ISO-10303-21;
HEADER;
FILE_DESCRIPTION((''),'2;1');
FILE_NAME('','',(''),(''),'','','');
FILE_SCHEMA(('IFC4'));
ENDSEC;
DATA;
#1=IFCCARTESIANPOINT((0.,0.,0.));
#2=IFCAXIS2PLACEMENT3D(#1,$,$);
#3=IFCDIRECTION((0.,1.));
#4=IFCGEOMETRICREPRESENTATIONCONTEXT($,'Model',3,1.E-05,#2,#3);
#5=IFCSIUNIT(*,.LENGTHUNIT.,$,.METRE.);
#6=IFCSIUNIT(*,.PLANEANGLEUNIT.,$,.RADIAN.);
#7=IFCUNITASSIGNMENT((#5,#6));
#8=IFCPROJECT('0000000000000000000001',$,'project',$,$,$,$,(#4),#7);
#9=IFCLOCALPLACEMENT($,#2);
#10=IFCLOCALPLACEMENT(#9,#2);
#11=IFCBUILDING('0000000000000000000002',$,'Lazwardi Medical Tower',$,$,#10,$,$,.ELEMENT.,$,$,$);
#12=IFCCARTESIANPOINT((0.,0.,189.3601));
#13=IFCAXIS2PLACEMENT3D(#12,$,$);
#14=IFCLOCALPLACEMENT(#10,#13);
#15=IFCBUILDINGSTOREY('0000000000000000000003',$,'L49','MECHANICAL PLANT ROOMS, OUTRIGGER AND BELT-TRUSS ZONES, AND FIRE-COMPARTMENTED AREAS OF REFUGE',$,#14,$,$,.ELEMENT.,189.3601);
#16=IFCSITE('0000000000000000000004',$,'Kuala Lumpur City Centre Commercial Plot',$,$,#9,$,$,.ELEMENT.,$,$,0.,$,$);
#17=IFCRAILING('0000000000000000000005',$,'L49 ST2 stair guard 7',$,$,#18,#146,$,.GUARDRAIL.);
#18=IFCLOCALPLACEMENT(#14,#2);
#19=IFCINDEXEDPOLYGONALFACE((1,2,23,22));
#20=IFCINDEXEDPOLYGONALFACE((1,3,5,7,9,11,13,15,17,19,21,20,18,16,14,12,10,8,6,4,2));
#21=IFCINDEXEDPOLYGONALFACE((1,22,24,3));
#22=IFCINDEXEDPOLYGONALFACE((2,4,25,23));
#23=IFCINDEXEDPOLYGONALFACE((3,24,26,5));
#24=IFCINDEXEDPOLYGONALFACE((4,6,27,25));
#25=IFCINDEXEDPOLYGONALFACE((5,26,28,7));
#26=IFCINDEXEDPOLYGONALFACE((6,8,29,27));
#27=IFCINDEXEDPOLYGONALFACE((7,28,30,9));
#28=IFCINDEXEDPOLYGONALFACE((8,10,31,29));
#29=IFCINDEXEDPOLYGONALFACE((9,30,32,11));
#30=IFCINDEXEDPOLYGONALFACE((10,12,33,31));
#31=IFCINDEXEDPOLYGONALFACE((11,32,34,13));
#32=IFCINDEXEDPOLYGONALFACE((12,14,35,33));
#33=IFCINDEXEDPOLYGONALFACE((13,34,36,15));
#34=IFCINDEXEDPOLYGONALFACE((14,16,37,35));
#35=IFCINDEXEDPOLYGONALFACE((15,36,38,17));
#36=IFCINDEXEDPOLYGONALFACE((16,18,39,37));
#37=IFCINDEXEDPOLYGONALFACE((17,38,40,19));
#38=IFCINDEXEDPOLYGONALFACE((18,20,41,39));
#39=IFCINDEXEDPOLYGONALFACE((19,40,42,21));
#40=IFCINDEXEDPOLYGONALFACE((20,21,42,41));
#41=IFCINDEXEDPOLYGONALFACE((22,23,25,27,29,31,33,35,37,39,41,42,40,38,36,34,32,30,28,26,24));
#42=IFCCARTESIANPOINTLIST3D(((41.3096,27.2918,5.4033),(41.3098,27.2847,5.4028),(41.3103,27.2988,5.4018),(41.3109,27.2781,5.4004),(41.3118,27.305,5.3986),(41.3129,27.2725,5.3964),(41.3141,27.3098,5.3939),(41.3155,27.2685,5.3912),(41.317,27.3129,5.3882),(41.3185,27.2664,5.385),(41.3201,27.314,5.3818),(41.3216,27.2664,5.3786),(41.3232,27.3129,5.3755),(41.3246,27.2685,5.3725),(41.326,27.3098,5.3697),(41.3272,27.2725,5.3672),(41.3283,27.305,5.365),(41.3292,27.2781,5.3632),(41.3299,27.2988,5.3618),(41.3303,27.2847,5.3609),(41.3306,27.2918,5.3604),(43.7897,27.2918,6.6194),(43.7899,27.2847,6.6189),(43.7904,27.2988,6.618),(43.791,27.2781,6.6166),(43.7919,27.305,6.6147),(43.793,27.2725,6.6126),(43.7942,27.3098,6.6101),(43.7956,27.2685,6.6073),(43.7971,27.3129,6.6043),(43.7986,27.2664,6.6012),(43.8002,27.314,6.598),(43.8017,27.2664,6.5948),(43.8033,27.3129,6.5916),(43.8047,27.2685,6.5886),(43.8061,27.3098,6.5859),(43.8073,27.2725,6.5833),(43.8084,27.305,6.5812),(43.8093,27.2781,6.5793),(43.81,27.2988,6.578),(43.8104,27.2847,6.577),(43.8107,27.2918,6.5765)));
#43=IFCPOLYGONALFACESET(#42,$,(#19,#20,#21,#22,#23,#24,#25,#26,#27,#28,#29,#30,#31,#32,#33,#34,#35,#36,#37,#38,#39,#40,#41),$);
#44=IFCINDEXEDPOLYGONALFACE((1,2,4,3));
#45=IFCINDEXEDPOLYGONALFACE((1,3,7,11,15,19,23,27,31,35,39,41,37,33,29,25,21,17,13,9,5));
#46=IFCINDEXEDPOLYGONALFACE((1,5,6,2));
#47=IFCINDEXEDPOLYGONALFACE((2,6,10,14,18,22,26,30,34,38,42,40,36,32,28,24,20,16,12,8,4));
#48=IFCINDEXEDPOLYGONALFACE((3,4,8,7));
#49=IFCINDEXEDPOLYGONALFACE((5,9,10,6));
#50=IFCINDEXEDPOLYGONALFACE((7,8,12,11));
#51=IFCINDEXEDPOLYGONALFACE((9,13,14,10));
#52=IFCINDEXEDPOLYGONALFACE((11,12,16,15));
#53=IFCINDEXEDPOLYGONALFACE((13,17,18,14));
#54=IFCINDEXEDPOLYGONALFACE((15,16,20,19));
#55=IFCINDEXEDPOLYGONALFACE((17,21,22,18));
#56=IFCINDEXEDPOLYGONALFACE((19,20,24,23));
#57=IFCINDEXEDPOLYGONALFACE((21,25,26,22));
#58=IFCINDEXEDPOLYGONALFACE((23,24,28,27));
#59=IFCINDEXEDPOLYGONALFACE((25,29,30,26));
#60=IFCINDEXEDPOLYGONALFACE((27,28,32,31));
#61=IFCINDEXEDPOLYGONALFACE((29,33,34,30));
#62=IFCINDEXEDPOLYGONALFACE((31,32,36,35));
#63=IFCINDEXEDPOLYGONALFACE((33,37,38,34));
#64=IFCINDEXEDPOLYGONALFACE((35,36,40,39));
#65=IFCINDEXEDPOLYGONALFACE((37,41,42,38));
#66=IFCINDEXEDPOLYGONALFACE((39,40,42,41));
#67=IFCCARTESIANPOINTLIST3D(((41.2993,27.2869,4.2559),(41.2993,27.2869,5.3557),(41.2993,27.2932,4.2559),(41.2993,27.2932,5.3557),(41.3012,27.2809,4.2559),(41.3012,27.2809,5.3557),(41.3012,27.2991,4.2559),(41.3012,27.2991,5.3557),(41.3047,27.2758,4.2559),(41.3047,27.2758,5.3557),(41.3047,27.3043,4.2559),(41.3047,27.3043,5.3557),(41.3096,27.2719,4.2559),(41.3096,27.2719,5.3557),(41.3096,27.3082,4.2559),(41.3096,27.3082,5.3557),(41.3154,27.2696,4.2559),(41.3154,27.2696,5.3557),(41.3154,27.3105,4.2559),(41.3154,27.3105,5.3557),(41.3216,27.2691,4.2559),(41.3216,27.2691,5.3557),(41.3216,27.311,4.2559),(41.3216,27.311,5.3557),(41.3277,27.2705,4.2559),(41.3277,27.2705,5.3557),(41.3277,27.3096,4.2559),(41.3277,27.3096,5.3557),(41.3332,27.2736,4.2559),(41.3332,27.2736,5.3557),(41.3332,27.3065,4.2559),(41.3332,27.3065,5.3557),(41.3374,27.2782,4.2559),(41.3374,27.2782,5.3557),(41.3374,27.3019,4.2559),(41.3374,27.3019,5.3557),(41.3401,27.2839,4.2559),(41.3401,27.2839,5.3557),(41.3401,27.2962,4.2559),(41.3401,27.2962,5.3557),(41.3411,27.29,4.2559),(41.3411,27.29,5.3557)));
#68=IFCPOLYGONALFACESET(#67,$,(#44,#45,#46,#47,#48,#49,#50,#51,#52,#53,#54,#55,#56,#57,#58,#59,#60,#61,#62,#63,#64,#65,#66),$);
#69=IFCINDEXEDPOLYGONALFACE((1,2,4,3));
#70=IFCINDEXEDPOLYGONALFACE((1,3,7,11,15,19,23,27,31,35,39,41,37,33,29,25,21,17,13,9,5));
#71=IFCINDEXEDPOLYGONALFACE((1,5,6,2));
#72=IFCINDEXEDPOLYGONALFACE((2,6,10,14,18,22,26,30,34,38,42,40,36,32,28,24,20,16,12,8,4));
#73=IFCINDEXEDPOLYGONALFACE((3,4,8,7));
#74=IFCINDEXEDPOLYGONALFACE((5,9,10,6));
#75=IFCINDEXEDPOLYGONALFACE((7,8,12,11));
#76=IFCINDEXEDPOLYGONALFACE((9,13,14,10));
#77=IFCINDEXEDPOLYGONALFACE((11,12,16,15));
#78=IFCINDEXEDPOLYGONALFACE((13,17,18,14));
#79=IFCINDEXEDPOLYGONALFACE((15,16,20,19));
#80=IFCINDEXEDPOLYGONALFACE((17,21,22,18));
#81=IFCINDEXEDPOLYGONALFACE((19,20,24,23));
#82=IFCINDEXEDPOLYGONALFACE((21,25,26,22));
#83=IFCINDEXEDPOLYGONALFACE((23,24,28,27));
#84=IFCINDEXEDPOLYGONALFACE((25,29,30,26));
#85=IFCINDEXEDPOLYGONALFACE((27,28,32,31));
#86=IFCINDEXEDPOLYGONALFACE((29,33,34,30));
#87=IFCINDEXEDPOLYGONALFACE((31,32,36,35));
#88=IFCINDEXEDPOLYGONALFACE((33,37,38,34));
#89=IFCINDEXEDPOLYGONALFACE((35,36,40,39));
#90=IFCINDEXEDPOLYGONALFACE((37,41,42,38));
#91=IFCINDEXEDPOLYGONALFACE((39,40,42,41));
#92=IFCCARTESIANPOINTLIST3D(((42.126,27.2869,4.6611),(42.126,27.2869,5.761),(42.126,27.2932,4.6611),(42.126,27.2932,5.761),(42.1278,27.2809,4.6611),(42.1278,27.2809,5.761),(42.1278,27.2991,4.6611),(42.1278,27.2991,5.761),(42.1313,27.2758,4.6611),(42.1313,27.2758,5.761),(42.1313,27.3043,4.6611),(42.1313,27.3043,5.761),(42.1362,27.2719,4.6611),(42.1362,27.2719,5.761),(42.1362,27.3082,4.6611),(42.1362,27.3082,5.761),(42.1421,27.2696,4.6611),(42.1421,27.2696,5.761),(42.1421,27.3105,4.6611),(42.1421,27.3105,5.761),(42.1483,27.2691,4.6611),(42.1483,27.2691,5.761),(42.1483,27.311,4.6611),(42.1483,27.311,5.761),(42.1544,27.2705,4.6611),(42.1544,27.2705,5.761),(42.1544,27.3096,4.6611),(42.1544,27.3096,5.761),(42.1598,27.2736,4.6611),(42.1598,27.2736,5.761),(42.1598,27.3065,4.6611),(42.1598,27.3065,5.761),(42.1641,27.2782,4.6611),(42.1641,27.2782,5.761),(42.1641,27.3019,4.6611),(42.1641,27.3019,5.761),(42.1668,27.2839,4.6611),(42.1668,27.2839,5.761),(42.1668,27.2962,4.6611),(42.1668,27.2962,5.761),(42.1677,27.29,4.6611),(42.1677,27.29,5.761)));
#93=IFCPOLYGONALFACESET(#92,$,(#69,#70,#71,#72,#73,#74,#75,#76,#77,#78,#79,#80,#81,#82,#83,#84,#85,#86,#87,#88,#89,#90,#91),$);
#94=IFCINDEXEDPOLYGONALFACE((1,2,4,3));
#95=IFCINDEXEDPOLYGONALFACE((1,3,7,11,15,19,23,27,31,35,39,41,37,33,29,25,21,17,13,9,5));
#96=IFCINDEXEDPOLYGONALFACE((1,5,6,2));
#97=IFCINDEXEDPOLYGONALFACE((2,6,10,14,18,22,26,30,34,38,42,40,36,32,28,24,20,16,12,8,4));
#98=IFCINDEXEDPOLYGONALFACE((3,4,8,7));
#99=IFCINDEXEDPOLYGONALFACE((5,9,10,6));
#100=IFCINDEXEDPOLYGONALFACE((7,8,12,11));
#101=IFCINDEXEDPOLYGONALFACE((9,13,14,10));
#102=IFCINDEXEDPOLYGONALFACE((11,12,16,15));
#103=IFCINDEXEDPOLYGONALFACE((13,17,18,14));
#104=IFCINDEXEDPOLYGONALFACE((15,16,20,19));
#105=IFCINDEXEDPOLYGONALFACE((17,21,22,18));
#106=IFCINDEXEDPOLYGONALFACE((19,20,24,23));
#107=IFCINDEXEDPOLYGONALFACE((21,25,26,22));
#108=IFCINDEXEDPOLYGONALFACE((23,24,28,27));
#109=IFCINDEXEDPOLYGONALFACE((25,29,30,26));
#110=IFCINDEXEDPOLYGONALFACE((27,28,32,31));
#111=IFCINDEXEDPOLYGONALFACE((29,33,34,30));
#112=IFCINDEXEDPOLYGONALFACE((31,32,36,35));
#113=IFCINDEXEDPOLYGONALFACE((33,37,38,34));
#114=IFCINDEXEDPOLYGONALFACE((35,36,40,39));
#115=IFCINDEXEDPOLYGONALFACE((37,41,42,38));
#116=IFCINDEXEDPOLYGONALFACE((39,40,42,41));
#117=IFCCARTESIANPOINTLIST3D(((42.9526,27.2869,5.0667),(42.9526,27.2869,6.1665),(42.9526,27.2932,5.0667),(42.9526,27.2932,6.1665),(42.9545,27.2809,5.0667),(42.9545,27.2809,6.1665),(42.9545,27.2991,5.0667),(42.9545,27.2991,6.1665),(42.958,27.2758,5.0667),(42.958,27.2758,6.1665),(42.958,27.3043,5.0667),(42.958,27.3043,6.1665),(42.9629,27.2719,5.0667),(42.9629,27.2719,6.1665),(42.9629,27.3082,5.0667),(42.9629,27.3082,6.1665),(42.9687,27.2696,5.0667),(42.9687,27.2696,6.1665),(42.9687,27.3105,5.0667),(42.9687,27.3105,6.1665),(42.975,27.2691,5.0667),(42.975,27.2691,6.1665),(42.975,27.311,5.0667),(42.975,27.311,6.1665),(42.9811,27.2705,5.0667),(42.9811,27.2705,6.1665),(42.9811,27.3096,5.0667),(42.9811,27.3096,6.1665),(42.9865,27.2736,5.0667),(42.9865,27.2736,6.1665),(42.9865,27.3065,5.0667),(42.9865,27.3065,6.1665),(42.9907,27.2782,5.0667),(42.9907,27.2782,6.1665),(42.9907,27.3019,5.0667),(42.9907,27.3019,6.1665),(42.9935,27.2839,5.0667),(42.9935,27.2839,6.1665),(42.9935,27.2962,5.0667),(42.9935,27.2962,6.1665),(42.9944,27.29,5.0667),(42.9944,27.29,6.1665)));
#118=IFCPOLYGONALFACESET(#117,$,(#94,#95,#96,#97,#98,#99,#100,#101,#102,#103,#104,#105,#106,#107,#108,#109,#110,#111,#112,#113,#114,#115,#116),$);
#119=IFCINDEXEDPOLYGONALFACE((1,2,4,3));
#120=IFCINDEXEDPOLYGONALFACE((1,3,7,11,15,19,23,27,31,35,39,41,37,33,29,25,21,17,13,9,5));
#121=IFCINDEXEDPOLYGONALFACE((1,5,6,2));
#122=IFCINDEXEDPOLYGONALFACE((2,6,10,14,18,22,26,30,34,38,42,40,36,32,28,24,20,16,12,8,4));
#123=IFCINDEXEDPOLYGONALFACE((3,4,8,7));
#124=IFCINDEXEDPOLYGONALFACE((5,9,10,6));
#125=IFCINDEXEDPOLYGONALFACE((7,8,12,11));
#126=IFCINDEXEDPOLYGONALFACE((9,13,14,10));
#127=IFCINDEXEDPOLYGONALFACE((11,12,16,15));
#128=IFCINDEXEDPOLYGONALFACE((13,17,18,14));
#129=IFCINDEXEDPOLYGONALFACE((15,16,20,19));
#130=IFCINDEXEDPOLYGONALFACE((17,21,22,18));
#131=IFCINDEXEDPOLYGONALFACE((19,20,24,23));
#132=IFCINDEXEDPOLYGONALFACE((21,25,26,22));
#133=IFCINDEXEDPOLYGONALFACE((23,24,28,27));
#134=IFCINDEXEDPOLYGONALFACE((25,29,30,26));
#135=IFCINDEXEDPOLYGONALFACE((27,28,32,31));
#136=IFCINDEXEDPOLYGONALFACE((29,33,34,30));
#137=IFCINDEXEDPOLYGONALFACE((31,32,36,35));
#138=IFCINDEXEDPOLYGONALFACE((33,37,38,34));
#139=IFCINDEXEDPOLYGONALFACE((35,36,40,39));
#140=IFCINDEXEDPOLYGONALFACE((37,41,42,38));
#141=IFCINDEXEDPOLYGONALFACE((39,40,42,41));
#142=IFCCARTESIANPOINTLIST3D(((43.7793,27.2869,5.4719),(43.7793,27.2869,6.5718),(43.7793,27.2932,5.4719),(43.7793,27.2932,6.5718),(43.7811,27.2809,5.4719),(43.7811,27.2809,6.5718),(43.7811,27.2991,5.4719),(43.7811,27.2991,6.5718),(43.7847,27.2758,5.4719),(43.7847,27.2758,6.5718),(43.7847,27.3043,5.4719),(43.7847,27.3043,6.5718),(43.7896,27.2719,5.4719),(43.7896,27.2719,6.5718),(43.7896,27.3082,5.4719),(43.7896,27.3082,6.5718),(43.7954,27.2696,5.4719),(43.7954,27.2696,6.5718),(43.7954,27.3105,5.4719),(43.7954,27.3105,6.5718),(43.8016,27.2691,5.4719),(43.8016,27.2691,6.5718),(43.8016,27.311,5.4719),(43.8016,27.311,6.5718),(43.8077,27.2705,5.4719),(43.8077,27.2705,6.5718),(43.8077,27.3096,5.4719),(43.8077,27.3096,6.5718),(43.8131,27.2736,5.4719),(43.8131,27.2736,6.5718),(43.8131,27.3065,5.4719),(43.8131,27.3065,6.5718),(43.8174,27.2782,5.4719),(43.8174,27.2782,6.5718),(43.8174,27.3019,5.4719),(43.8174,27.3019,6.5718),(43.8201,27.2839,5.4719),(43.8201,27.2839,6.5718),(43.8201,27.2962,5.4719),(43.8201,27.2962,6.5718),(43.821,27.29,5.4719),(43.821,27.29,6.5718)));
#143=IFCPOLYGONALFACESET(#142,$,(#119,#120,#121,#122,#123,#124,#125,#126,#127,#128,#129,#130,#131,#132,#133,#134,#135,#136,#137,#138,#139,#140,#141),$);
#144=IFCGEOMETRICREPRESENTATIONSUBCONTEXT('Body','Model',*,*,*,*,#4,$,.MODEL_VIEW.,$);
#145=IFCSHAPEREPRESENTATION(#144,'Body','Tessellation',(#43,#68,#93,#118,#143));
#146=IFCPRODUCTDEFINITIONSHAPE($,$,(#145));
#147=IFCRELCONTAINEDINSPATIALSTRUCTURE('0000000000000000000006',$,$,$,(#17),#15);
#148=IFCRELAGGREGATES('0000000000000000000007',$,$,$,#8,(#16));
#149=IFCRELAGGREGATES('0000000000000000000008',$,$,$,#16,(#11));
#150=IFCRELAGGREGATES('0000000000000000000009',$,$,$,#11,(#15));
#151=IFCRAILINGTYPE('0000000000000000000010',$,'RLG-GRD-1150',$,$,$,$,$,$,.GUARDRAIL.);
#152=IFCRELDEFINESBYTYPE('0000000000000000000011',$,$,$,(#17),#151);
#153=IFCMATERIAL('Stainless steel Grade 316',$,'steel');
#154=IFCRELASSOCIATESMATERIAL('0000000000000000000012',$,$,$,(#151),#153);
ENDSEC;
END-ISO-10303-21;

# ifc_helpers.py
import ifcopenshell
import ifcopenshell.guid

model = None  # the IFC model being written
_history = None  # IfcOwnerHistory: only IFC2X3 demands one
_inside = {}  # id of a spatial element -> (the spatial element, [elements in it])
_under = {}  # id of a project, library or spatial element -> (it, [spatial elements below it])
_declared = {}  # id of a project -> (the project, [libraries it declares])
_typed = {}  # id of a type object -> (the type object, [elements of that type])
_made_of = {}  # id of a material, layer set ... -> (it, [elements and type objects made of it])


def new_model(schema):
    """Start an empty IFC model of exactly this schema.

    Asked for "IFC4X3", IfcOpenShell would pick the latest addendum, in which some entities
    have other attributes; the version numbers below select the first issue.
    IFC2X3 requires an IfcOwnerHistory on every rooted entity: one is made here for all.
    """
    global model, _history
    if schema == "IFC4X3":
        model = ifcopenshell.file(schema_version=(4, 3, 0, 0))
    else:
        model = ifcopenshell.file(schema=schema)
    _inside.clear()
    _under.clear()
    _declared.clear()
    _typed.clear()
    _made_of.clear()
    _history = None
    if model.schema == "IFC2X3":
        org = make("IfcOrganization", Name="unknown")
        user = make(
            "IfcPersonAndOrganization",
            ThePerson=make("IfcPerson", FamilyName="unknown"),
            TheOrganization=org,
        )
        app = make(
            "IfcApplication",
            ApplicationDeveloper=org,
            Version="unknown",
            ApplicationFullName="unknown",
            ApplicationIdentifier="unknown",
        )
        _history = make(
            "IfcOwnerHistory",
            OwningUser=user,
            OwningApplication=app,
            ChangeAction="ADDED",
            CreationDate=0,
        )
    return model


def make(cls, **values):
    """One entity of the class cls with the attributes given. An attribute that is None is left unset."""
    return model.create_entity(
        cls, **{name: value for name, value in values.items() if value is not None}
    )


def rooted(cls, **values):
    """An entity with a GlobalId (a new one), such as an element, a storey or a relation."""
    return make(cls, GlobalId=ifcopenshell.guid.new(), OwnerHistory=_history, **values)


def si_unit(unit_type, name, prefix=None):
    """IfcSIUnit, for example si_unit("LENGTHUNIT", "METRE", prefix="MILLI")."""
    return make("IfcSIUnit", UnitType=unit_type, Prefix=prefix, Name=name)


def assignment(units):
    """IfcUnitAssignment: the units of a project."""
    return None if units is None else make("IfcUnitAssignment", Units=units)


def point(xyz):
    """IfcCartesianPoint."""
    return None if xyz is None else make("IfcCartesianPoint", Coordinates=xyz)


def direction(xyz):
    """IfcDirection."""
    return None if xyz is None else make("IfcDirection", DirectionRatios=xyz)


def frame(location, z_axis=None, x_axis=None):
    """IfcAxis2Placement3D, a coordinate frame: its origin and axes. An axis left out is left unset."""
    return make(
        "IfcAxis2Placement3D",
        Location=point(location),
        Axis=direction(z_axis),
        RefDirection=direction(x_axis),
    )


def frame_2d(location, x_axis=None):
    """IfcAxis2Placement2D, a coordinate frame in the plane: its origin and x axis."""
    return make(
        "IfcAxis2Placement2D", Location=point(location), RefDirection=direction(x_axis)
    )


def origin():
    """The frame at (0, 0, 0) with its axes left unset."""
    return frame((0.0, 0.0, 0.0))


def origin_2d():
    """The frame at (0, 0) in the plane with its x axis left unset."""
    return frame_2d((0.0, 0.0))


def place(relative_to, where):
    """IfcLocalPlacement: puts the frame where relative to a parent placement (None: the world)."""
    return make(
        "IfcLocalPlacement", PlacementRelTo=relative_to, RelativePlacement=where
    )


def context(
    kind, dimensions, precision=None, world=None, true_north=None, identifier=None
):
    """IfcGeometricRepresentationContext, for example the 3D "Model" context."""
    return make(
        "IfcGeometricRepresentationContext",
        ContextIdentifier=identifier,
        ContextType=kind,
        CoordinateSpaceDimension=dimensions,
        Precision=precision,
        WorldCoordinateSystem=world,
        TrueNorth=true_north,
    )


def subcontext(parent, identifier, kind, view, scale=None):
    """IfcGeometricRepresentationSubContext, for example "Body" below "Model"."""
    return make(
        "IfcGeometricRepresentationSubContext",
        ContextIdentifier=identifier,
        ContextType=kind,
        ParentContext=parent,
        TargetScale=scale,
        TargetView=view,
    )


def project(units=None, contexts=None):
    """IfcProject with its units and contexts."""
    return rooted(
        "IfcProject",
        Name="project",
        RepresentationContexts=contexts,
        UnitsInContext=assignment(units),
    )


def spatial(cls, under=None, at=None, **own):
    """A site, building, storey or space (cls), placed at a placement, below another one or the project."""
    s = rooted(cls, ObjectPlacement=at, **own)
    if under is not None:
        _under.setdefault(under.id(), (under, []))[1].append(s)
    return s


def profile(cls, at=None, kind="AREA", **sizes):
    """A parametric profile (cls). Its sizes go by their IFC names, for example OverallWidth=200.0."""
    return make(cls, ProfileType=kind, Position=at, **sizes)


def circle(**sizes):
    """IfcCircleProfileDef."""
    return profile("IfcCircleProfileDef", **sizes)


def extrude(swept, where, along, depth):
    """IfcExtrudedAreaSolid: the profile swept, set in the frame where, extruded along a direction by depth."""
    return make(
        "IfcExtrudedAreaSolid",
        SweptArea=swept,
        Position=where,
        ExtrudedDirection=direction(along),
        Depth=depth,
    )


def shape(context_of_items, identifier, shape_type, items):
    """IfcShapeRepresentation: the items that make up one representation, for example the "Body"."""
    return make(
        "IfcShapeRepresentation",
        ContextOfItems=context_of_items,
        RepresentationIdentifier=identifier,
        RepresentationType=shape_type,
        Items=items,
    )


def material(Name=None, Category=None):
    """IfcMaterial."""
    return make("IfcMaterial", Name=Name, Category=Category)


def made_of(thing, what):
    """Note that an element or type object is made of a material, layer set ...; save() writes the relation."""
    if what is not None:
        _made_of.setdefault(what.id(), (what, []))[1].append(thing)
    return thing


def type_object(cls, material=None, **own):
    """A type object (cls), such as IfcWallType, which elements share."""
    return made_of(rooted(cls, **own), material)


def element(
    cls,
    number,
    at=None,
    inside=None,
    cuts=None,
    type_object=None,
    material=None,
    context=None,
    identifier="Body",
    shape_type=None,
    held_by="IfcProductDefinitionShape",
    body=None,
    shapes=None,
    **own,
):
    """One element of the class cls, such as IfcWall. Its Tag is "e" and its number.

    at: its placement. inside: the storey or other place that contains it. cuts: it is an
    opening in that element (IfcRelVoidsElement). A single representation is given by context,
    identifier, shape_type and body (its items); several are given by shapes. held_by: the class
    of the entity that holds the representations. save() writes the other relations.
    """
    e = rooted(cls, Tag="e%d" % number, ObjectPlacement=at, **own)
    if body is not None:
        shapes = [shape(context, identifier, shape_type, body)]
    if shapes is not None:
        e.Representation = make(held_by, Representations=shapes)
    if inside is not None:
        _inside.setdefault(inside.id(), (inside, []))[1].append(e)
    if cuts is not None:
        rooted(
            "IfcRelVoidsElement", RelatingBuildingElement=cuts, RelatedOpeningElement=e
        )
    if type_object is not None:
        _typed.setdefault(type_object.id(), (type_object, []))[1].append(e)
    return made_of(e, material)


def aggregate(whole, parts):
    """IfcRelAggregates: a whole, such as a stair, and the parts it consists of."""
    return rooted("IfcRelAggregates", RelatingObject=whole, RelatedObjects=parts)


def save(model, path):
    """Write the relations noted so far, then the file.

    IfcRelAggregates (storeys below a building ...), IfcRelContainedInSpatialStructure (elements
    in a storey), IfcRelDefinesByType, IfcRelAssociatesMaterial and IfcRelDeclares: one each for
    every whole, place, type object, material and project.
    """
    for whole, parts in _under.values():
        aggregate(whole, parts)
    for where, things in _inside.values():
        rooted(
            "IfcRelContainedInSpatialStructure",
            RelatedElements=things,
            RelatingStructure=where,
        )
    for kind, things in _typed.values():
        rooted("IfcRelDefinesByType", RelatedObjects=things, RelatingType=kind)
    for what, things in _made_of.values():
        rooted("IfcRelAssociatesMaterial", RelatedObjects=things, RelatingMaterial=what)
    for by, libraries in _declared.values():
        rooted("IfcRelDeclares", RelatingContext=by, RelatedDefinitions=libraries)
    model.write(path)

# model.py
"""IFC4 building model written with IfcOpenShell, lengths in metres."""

from ifc_helpers import new_model, si_unit, direction, frame, origin, origin_2d, place, context, subcontext, project, spatial, circle, extrude, material, type_object, element, save


model = new_model("IFC4")

# Units and contexts
model_context = context("Model", 3, precision=1e-05, world=origin(), true_north=direction((0.0, 1.0)))
body_context = subcontext(model_context, "Body", "Model", "MODEL_VIEW")
ifc_project = project(units=[si_unit("LENGTHUNIT", "METRE"), si_unit("PLANEANGLEUNIT", "RADIAN")], contexts=[model_context])

# Site, building, storey
site_placement = place(None, origin())
site = spatial("IfcSite", under=ifc_project, at=site_placement, Name="Kuala Lumpur City Centre Commercial Plot", CompositionType="ELEMENT", RefElevation=0.0)
building_placement = place(site_placement, origin())
building = spatial("IfcBuilding", under=site, at=building_placement, Name="Lazwardi Medical Tower", CompositionType="ELEMENT")
storey_placement = place(building_placement, frame((0.0, 0.0, 189.3601)))
storey = spatial("IfcBuildingStorey", under=building, at=storey_placement, Name="L49", Description="MECHANICAL PLANT ROOMS, OUTRIGGER AND BELT-TRUSS ZONES, AND FIRE-COMPARTMENTED AREAS OF REFUGE", CompositionType="ELEMENT", Elevation=189.3601)

# Railing
ifc_material_1 = material(Name="Stainless steel Grade 316", Category="steel")
railing_type_1 = type_object("IfcRailingType", Name="RLG-GRD-1150", PredefinedType="GUARDRAIL", material=ifc_material_1)
railing_1_placement = place(storey_placement, frame((41.3201, 27.29, 4.2559)))
element("IfcRailing", 1, at=railing_1_placement, inside=storey, type_object=railing_type_1, Name="L49 ST2 stair guard 7", PredefinedType="GUARDRAIL", context=body_context, shape_type="SweptSolid", body=[
    extrude(circle(Radius=0.0239, at=origin_2d()), frame((0.0, 0.0, 1.126), z_axis=(0.897865, 0.0, 0.44027), x_axis=(0.0, 1.0, 0.0)), (0.0, 0.0, 1.0), 2.7622),
    extrude(circle(Radius=0.021, at=origin_2d()), origin(), (0.0, 0.0, 1.0), 1.0999),
    extrude(circle(Radius=0.021, at=origin_2d()), frame((0.8267, 0.0, 0.4053)), (0.0, 0.0, 1.0), 1.0999),
    extrude(circle(Radius=0.021, at=origin_2d()), frame((1.6533, 0.0, 0.8108)), (0.0, 0.0, 1.0), 1.0999),
    extrude(circle(Radius=0.021, at=origin_2d()), frame((2.48, 0.0, 1.2161)), (0.0, 0.0, 1.0), 1.0999),
])

save(model, "model.ifc")
